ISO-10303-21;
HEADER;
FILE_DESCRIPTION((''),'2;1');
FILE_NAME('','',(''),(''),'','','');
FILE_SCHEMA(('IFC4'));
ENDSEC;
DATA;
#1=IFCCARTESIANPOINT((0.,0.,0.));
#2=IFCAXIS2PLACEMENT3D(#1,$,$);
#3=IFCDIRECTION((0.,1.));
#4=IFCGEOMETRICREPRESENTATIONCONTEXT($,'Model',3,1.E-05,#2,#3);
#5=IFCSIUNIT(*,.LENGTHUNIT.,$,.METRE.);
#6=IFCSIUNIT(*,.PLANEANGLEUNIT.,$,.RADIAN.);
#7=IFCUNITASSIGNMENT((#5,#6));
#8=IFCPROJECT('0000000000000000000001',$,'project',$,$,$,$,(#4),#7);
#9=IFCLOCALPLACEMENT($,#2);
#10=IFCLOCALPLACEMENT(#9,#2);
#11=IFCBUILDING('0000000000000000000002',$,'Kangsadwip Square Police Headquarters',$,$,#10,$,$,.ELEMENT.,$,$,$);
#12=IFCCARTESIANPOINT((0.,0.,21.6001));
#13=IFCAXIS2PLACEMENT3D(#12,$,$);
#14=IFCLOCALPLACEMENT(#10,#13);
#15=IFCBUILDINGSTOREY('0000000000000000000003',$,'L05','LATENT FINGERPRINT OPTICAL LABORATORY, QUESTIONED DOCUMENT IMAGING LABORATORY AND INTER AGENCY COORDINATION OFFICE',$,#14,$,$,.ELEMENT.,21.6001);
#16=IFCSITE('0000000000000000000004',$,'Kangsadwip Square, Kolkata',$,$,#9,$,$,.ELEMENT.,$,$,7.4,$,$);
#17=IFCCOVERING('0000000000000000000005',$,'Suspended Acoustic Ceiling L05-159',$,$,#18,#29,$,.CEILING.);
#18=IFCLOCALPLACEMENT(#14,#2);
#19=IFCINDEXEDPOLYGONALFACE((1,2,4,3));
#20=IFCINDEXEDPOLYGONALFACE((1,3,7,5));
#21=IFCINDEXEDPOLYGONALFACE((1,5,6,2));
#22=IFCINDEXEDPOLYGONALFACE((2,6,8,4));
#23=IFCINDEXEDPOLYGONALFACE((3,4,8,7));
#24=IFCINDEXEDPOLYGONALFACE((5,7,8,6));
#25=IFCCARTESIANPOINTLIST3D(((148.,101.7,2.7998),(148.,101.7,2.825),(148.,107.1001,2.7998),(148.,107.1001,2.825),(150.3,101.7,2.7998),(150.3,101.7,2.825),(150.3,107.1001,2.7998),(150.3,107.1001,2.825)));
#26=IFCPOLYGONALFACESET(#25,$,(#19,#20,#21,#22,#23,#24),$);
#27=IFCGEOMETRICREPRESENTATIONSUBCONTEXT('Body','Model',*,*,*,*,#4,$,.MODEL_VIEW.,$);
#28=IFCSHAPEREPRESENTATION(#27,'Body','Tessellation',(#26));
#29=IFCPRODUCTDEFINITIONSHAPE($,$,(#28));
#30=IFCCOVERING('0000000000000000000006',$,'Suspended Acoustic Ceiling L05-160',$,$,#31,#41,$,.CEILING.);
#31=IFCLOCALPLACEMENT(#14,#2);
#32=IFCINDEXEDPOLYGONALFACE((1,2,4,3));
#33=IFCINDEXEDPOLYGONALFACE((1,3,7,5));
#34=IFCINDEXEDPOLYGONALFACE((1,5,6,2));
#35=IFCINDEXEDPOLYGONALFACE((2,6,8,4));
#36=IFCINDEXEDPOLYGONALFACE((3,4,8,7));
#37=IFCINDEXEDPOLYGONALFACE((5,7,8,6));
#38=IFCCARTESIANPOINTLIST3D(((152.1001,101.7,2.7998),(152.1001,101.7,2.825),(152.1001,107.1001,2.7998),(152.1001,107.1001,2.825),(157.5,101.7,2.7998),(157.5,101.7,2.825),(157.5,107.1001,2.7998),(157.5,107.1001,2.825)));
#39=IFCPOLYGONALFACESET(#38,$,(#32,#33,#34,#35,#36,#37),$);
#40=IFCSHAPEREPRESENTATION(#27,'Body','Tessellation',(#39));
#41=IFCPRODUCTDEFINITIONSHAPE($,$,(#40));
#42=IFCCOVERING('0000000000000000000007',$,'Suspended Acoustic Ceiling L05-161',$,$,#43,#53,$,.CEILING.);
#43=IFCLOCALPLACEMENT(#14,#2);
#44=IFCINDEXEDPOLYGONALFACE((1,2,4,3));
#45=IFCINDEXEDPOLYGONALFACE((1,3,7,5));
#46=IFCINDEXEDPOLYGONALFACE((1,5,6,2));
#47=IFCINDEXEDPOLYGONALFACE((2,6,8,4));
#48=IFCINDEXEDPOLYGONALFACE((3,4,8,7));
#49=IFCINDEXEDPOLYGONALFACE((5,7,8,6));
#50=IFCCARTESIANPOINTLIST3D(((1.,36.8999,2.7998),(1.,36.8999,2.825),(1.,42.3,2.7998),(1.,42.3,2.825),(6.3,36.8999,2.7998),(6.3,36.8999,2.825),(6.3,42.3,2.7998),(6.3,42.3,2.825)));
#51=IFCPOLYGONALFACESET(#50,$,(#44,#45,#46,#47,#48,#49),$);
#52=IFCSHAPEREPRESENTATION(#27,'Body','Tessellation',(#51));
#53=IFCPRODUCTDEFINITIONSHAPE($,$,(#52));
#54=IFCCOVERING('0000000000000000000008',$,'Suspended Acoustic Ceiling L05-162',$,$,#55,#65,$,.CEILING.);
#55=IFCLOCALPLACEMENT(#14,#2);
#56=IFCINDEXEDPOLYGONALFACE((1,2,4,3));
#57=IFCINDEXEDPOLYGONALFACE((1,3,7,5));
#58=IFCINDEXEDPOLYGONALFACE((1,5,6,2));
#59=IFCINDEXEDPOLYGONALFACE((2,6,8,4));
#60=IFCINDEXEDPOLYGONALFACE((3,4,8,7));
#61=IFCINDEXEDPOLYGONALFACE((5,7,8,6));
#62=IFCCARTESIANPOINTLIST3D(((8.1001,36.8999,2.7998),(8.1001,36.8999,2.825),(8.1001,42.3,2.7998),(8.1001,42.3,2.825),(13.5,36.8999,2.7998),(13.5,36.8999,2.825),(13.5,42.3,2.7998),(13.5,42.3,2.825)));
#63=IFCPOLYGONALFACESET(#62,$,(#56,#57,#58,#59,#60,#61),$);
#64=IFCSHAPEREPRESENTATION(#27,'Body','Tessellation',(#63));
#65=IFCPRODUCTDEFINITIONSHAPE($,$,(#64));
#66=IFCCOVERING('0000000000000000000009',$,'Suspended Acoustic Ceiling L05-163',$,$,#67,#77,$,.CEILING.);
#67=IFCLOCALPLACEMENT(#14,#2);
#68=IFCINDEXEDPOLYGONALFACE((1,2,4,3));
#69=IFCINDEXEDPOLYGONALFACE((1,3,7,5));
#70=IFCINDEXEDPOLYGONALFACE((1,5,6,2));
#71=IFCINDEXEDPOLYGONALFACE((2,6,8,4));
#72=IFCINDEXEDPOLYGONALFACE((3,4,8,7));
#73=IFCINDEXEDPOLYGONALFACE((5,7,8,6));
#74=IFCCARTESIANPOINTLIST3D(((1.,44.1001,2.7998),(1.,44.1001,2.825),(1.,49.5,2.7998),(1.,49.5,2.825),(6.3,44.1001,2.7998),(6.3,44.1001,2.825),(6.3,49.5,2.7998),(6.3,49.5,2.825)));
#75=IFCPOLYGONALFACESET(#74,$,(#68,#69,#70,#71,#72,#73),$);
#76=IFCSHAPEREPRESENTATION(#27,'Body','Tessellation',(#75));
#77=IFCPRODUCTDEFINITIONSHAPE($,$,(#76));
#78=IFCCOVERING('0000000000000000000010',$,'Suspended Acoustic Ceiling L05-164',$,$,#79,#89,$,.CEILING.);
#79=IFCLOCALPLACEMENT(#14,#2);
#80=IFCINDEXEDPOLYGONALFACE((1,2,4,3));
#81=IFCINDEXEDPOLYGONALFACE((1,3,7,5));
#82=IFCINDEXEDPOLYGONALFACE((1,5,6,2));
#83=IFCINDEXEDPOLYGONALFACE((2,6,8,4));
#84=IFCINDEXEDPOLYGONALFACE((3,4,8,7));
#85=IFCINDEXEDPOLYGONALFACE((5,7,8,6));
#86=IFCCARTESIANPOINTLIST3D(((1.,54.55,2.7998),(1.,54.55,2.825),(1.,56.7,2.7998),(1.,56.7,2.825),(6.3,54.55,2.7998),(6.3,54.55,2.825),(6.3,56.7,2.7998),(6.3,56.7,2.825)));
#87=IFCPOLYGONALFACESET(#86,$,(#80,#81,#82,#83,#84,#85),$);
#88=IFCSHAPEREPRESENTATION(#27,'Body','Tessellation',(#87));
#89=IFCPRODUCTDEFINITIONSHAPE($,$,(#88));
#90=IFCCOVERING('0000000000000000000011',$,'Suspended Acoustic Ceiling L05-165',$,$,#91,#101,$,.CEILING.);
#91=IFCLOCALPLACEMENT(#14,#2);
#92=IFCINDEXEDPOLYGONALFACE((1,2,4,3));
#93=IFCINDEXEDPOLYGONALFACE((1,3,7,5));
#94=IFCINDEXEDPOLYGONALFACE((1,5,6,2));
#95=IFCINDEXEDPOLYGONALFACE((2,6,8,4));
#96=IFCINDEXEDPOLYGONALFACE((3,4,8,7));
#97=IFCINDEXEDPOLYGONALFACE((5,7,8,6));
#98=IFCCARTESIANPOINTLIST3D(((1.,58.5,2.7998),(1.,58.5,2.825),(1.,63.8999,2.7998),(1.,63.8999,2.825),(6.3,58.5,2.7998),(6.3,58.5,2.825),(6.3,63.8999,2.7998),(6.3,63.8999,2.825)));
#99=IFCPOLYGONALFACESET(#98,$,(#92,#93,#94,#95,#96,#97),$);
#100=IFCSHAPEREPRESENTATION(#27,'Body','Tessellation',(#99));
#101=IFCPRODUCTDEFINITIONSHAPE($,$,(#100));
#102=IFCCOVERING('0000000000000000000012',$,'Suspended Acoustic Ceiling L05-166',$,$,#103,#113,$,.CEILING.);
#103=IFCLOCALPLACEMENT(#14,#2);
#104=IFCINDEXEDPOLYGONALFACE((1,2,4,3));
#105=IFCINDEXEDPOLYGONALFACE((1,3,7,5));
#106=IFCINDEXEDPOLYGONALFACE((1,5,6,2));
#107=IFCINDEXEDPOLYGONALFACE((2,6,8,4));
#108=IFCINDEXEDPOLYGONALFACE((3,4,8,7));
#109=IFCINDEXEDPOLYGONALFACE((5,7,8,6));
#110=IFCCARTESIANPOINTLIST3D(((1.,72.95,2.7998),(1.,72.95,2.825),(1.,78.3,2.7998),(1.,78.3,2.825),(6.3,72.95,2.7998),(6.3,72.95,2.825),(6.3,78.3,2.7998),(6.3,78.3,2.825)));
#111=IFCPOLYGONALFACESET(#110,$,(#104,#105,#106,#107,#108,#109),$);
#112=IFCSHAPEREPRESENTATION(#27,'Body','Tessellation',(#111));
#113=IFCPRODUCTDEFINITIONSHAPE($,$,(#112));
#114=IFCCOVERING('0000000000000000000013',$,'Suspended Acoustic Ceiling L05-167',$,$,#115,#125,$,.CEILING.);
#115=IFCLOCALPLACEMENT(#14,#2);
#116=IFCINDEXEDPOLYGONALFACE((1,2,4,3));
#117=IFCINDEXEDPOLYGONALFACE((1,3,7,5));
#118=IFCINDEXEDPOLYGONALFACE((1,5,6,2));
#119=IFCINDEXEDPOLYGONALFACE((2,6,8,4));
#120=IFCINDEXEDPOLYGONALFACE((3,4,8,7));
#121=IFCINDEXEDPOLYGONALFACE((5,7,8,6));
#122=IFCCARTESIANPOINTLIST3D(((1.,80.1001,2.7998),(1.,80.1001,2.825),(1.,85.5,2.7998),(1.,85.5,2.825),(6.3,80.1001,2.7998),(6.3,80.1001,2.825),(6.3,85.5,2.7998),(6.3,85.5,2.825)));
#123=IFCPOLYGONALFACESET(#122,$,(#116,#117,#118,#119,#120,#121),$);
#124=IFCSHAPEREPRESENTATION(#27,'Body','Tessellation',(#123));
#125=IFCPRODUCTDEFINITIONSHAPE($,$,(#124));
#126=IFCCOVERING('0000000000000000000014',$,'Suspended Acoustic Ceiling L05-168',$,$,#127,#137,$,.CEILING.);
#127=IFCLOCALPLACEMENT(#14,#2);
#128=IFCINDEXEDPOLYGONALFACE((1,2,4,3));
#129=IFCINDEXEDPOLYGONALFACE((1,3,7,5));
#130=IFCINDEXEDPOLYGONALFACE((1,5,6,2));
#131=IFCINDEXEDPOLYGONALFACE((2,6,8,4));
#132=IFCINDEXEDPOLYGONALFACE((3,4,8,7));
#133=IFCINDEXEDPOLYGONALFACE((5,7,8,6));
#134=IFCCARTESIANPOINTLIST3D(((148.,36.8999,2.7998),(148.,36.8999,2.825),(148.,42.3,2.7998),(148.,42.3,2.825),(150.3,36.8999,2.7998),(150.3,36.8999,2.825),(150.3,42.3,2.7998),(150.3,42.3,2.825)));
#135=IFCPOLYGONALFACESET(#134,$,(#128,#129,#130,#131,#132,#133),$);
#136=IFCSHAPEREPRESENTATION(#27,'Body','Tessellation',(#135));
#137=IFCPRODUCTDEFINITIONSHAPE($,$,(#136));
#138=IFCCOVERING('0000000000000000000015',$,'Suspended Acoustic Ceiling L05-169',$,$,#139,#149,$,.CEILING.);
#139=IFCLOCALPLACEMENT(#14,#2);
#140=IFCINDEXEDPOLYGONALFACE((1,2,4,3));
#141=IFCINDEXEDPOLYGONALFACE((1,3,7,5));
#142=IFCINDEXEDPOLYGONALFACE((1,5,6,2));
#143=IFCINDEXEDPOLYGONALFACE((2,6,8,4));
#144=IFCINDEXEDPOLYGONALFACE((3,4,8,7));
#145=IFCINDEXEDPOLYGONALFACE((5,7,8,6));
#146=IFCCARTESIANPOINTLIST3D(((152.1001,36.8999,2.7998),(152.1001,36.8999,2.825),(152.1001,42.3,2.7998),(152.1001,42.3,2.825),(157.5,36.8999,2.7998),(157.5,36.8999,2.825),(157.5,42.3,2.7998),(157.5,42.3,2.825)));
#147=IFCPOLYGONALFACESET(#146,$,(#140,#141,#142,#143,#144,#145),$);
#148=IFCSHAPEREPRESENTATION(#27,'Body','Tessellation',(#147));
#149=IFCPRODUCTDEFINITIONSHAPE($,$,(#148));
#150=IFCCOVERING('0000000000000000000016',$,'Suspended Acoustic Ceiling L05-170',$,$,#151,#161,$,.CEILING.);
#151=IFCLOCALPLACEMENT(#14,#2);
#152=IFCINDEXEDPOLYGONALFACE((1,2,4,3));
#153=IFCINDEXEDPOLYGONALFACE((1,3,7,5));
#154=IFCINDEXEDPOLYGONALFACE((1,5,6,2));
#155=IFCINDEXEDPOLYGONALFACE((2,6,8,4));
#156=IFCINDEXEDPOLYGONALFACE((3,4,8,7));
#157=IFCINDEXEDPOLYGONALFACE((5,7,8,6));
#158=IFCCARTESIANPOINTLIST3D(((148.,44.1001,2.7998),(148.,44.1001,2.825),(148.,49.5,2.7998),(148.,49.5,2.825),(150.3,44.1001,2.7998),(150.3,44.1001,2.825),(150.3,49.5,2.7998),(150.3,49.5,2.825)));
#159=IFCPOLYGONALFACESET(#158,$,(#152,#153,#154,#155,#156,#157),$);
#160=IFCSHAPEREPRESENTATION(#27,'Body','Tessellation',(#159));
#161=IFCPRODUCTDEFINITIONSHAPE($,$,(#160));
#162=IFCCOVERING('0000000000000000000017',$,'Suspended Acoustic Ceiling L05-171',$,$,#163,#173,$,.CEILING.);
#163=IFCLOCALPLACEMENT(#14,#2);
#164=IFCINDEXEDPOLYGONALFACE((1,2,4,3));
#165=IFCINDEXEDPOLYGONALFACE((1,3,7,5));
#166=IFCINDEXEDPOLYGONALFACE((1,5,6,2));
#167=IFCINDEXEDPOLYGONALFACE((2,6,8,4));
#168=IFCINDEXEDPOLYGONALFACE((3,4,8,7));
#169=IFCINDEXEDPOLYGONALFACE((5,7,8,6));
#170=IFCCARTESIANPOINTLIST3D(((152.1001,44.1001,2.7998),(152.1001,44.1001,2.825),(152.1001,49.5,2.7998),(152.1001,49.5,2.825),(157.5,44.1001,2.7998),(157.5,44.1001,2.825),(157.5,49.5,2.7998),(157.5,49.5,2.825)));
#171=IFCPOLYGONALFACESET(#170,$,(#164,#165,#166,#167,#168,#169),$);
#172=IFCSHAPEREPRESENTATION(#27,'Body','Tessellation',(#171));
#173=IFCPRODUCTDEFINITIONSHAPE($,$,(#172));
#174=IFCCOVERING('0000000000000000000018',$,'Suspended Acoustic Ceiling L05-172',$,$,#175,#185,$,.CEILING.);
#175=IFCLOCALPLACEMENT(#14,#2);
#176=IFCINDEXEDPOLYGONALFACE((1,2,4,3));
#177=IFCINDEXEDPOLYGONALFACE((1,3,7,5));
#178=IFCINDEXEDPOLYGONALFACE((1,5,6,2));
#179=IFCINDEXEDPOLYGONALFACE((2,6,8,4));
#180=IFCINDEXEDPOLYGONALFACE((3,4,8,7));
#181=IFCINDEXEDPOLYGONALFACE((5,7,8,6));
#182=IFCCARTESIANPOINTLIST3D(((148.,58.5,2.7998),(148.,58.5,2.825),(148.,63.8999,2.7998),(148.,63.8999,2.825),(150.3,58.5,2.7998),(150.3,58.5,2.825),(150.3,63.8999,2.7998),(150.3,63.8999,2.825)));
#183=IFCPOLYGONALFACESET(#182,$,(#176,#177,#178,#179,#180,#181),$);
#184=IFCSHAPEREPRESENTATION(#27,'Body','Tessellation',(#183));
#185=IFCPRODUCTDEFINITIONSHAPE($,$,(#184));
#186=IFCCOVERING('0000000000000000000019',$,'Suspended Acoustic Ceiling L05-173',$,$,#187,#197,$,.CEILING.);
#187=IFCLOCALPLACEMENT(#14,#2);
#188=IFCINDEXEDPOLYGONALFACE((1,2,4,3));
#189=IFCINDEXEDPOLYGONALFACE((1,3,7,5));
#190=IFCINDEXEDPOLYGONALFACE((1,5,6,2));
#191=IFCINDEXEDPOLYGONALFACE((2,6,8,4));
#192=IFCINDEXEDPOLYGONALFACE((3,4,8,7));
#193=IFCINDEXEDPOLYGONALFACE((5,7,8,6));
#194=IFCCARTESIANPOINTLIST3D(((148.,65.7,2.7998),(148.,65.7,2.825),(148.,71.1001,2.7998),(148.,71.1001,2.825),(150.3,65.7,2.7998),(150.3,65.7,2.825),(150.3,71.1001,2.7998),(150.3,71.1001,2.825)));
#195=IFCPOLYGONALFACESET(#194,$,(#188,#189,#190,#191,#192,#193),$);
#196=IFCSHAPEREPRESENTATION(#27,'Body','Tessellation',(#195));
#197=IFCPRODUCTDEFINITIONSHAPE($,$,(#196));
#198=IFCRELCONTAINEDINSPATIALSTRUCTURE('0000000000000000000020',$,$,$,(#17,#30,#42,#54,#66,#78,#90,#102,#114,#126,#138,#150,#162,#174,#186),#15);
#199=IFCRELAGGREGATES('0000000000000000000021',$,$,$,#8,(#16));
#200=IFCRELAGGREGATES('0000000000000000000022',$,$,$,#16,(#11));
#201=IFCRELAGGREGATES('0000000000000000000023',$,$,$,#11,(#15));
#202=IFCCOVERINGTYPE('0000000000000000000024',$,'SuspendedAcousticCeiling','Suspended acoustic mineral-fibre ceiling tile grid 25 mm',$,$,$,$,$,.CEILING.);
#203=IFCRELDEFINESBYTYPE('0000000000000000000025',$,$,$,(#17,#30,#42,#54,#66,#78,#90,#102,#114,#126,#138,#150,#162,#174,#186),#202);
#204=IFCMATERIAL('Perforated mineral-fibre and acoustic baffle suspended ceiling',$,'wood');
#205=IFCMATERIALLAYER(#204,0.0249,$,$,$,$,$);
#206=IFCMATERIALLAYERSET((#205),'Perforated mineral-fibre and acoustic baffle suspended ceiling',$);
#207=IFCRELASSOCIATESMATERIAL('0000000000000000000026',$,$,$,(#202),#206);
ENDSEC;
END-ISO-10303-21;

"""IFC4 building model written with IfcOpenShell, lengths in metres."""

from ifc_helpers import new_model, si_unit, direction, frame, origin, place, context, subcontext, project, spatial, polyline, outline, extrude, material, layer, layer_set, type_object, element, save


model = new_model("IFC4")

# Units and contexts
model_context = context("Model", 3, precision=1e-05, world=origin(), true_north=direction((0.0, 1.0)))
body_context = subcontext(model_context, "Body", "Model", "MODEL_VIEW")
ifc_project = project(units=[si_unit("LENGTHUNIT", "METRE"), si_unit("PLANEANGLEUNIT", "RADIAN")], contexts=[model_context])

# Site, building, storey
site_placement = place(None, origin())
site = spatial("IfcSite", under=ifc_project, at=site_placement, Name="Kangsadwip Square, Kolkata", CompositionType="ELEMENT", RefElevation=7.4)
building_placement = place(site_placement, origin())
building = spatial("IfcBuilding", under=site, at=building_placement, Name="Kangsadwip Square Police Headquarters", CompositionType="ELEMENT")
storey_placement = place(building_placement, frame((0.0, 0.0, 21.6001)))
storey = spatial("IfcBuildingStorey", under=building, at=storey_placement, Name="L05", Description="LATENT FINGERPRINT OPTICAL LABORATORY, QUESTIONED DOCUMENT IMAGING LABORATORY AND INTER AGENCY COORDINATION OFFICE", CompositionType="ELEMENT", Elevation=21.6001)

# Coverings
ifc_material_1 = material(Name="Perforated mineral-fibre and acoustic baffle suspended ceiling", Category="wood")
ifc_layer_1 = layer(ifc_material_1, 0.0249)
ifc_layer_set_1 = layer_set([ifc_layer_1], Name="Perforated mineral-fibre and acoustic baffle suspended ceiling")
covering_type_1 = type_object("IfcCoveringType", Name="SuspendedAcousticCeiling", Description="Suspended acoustic mineral-fibre ceiling tile grid 25 mm", PredefinedType="CEILING", material=ifc_layer_set_1)
covering_1_placement = place(storey_placement, frame((0.0, 0.0, 2.7998)))
element("IfcCovering", 1, at=covering_1_placement, inside=storey, type_object=covering_type_1, Name="Suspended Acoustic Ceiling L05-159", PredefinedType="CEILING", context=body_context, shape_type="SweptSolid", body=[
    extrude(outline(polyline([(148.0, 101.7), (150.3, 101.7), (150.3, 107.1001), (148.0, 107.1001), (148.0, 101.7)])), origin(), (0.0, 0.0, 1.0), 0.0251),
])
covering_2_placement = place(storey_placement, frame((0.0, 0.0, 2.7998)))
element("IfcCovering", 2, at=covering_2_placement, inside=storey, type_object=covering_type_1, Name="Suspended Acoustic Ceiling L05-160", PredefinedType="CEILING", context=body_context, shape_type="SweptSolid", body=[
    extrude(outline(polyline([(152.1001, 101.7), (157.5, 101.7), (157.5, 107.1001), (152.1001, 107.1001), (152.1001, 101.7)])), origin(), (0.0, 0.0, 1.0), 0.0251),
])
covering_3_placement = place(storey_placement, frame((0.0, 0.0, 2.7998)))
element("IfcCovering", 3, at=covering_3_placement, inside=storey, type_object=covering_type_1, Name="Suspended Acoustic Ceiling L05-161", PredefinedType="CEILING", context=body_context, shape_type="SweptSolid", body=[
    extrude(outline(polyline([(1.0, 36.8999), (6.3, 36.8999), (6.3, 42.3), (1.0, 42.3), (1.0, 36.8999)])), origin(), (0.0, 0.0, 1.0), 0.0251),
])
covering_4_placement = place(storey_placement, frame((0.0, 0.0, 2.7998)))
element("IfcCovering", 4, at=covering_4_placement, inside=storey, type_object=covering_type_1, Name="Suspended Acoustic Ceiling L05-162", PredefinedType="CEILING", context=body_context, shape_type="SweptSolid", body=[
    extrude(outline(polyline([(8.1001, 36.8999), (13.5, 36.8999), (13.5, 42.3), (8.1001, 42.3), (8.1001, 36.8999)])), origin(), (0.0, 0.0, 1.0), 0.0251),
])
covering_5_placement = place(storey_placement, frame((0.0, 0.0, 2.7998)))
element("IfcCovering", 5, at=covering_5_placement, inside=storey, type_object=covering_type_1, Name="Suspended Acoustic Ceiling L05-163", PredefinedType="CEILING", context=body_context, shape_type="SweptSolid", body=[
    extrude(outline(polyline([(1.0, 44.1001), (6.3, 44.1001), (6.3, 49.5), (1.0, 49.5), (1.0, 44.1001)])), origin(), (0.0, 0.0, 1.0), 0.0251),
])
covering_6_placement = place(storey_placement, frame((0.0, 0.0, 2.7998)))
element("IfcCovering", 6, at=covering_6_placement, inside=storey, type_object=covering_type_1, Name="Suspended Acoustic Ceiling L05-164", PredefinedType="CEILING", context=body_context, shape_type="SweptSolid", body=[
    extrude(outline(polyline([(1.0, 54.55), (6.3, 54.55), (6.3, 56.7), (1.0, 56.7), (1.0, 54.55)])), origin(), (0.0, 0.0, 1.0), 0.0251),
])
covering_7_placement = place(storey_placement, frame((0.0, 0.0, 2.7998)))
element("IfcCovering", 7, at=covering_7_placement, inside=storey, type_object=covering_type_1, Name="Suspended Acoustic Ceiling L05-165", PredefinedType="CEILING", context=body_context, shape_type="SweptSolid", body=[
    extrude(outline(polyline([(1.0, 58.5), (6.3, 58.5), (6.3, 63.8999), (1.0, 63.8999), (1.0, 58.5)])), origin(), (0.0, 0.0, 1.0), 0.0251),
])
covering_8_placement = place(storey_placement, frame((0.0, 0.0, 2.7998)))
element("IfcCovering", 8, at=covering_8_placement, inside=storey, type_object=covering_type_1, Name="Suspended Acoustic Ceiling L05-166", PredefinedType="CEILING", context=body_context, shape_type="SweptSolid", body=[
    extrude(outline(polyline([(1.0, 72.95), (6.3, 72.95), (6.3, 78.3), (1.0, 78.3), (1.0, 72.95)])), origin(), (0.0, 0.0, 1.0), 0.0251),
])
covering_9_placement = place(storey_placement, frame((0.0, 0.0, 2.7998)))
element("IfcCovering", 9, at=covering_9_placement, inside=storey, type_object=covering_type_1, Name="Suspended Acoustic Ceiling L05-167", PredefinedType="CEILING", context=body_context, shape_type="SweptSolid", body=[
    extrude(outline(polyline([(1.0, 80.1001), (6.3, 80.1001), (6.3, 85.5), (1.0, 85.5), (1.0, 80.1001)])), origin(), (0.0, 0.0, 1.0), 0.0251),
])
covering_10_placement = place(storey_placement, frame((0.0, 0.0, 2.7998)))
element("IfcCovering", 10, at=covering_10_placement, inside=storey, type_object=covering_type_1, Name="Suspended Acoustic Ceiling L05-168", PredefinedType="CEILING", context=body_context, shape_type="SweptSolid", body=[
    extrude(outline(polyline([(148.0, 36.8999), (150.3, 36.8999), (150.3, 42.3), (148.0, 42.3), (148.0, 36.8999)])), origin(), (0.0, 0.0, 1.0), 0.0251),
])
covering_11_placement = place(storey_placement, frame((0.0, 0.0, 2.7998)))
element("IfcCovering", 11, at=covering_11_placement, inside=storey, type_object=covering_type_1, Name="Suspended Acoustic Ceiling L05-169", PredefinedType="CEILING", context=body_context, shape_type="SweptSolid", body=[
    extrude(outline(polyline([(152.1001, 36.8999), (157.5, 36.8999), (157.5, 42.3), (152.1001, 42.3), (152.1001, 36.8999)])), origin(), (0.0, 0.0, 1.0), 0.0251),
])
covering_12_placement = place(storey_placement, frame((0.0, 0.0, 2.7998)))
element("IfcCovering", 12, at=covering_12_placement, inside=storey, type_object=covering_type_1, Name="Suspended Acoustic Ceiling L05-170", PredefinedType="CEILING", context=body_context, shape_type="SweptSolid", body=[
    extrude(outline(polyline([(148.0, 44.1001), (150.3, 44.1001), (150.3, 49.5), (148.0, 49.5), (148.0, 44.1001)])), origin(), (0.0, 0.0, 1.0), 0.0251),
])
covering_13_placement = place(storey_placement, frame((0.0, 0.0, 2.7998)))
element("IfcCovering", 13, at=covering_13_placement, inside=storey, type_object=covering_type_1, Name="Suspended Acoustic Ceiling L05-171", PredefinedType="CEILING", context=body_context, shape_type="SweptSolid", body=[
    extrude(outline(polyline([(152.1001, 44.1001), (157.5, 44.1001), (157.5, 49.5), (152.1001, 49.5), (152.1001, 44.1001)])), origin(), (0.0, 0.0, 1.0), 0.0251),
])
covering_14_placement = place(storey_placement, frame((0.0, 0.0, 2.7998)))
element("IfcCovering", 14, at=covering_14_placement, inside=storey, type_object=covering_type_1, Name="Suspended Acoustic Ceiling L05-172", PredefinedType="CEILING", context=body_context, shape_type="SweptSolid", body=[
    extrude(outline(polyline([(148.0, 58.5), (150.3, 58.5), (150.3, 63.8999), (148.0, 63.8999), (148.0, 58.5)])), origin(), (0.0, 0.0, 1.0), 0.0251),
])
covering_15_placement = place(storey_placement, frame((0.0, 0.0, 2.7998)))
element("IfcCovering", 15, at=covering_15_placement, inside=storey, type_object=covering_type_1, Name="Suspended Acoustic Ceiling L05-173", PredefinedType="CEILING", context=body_context, shape_type="SweptSolid", body=[
    extrude(outline(polyline([(148.0, 65.7), (150.3, 65.7), (150.3, 71.1001), (148.0, 71.1001), (148.0, 65.7)])), origin(), (0.0, 0.0, 1.0), 0.0251),
])

save(model, "model.ifc")
